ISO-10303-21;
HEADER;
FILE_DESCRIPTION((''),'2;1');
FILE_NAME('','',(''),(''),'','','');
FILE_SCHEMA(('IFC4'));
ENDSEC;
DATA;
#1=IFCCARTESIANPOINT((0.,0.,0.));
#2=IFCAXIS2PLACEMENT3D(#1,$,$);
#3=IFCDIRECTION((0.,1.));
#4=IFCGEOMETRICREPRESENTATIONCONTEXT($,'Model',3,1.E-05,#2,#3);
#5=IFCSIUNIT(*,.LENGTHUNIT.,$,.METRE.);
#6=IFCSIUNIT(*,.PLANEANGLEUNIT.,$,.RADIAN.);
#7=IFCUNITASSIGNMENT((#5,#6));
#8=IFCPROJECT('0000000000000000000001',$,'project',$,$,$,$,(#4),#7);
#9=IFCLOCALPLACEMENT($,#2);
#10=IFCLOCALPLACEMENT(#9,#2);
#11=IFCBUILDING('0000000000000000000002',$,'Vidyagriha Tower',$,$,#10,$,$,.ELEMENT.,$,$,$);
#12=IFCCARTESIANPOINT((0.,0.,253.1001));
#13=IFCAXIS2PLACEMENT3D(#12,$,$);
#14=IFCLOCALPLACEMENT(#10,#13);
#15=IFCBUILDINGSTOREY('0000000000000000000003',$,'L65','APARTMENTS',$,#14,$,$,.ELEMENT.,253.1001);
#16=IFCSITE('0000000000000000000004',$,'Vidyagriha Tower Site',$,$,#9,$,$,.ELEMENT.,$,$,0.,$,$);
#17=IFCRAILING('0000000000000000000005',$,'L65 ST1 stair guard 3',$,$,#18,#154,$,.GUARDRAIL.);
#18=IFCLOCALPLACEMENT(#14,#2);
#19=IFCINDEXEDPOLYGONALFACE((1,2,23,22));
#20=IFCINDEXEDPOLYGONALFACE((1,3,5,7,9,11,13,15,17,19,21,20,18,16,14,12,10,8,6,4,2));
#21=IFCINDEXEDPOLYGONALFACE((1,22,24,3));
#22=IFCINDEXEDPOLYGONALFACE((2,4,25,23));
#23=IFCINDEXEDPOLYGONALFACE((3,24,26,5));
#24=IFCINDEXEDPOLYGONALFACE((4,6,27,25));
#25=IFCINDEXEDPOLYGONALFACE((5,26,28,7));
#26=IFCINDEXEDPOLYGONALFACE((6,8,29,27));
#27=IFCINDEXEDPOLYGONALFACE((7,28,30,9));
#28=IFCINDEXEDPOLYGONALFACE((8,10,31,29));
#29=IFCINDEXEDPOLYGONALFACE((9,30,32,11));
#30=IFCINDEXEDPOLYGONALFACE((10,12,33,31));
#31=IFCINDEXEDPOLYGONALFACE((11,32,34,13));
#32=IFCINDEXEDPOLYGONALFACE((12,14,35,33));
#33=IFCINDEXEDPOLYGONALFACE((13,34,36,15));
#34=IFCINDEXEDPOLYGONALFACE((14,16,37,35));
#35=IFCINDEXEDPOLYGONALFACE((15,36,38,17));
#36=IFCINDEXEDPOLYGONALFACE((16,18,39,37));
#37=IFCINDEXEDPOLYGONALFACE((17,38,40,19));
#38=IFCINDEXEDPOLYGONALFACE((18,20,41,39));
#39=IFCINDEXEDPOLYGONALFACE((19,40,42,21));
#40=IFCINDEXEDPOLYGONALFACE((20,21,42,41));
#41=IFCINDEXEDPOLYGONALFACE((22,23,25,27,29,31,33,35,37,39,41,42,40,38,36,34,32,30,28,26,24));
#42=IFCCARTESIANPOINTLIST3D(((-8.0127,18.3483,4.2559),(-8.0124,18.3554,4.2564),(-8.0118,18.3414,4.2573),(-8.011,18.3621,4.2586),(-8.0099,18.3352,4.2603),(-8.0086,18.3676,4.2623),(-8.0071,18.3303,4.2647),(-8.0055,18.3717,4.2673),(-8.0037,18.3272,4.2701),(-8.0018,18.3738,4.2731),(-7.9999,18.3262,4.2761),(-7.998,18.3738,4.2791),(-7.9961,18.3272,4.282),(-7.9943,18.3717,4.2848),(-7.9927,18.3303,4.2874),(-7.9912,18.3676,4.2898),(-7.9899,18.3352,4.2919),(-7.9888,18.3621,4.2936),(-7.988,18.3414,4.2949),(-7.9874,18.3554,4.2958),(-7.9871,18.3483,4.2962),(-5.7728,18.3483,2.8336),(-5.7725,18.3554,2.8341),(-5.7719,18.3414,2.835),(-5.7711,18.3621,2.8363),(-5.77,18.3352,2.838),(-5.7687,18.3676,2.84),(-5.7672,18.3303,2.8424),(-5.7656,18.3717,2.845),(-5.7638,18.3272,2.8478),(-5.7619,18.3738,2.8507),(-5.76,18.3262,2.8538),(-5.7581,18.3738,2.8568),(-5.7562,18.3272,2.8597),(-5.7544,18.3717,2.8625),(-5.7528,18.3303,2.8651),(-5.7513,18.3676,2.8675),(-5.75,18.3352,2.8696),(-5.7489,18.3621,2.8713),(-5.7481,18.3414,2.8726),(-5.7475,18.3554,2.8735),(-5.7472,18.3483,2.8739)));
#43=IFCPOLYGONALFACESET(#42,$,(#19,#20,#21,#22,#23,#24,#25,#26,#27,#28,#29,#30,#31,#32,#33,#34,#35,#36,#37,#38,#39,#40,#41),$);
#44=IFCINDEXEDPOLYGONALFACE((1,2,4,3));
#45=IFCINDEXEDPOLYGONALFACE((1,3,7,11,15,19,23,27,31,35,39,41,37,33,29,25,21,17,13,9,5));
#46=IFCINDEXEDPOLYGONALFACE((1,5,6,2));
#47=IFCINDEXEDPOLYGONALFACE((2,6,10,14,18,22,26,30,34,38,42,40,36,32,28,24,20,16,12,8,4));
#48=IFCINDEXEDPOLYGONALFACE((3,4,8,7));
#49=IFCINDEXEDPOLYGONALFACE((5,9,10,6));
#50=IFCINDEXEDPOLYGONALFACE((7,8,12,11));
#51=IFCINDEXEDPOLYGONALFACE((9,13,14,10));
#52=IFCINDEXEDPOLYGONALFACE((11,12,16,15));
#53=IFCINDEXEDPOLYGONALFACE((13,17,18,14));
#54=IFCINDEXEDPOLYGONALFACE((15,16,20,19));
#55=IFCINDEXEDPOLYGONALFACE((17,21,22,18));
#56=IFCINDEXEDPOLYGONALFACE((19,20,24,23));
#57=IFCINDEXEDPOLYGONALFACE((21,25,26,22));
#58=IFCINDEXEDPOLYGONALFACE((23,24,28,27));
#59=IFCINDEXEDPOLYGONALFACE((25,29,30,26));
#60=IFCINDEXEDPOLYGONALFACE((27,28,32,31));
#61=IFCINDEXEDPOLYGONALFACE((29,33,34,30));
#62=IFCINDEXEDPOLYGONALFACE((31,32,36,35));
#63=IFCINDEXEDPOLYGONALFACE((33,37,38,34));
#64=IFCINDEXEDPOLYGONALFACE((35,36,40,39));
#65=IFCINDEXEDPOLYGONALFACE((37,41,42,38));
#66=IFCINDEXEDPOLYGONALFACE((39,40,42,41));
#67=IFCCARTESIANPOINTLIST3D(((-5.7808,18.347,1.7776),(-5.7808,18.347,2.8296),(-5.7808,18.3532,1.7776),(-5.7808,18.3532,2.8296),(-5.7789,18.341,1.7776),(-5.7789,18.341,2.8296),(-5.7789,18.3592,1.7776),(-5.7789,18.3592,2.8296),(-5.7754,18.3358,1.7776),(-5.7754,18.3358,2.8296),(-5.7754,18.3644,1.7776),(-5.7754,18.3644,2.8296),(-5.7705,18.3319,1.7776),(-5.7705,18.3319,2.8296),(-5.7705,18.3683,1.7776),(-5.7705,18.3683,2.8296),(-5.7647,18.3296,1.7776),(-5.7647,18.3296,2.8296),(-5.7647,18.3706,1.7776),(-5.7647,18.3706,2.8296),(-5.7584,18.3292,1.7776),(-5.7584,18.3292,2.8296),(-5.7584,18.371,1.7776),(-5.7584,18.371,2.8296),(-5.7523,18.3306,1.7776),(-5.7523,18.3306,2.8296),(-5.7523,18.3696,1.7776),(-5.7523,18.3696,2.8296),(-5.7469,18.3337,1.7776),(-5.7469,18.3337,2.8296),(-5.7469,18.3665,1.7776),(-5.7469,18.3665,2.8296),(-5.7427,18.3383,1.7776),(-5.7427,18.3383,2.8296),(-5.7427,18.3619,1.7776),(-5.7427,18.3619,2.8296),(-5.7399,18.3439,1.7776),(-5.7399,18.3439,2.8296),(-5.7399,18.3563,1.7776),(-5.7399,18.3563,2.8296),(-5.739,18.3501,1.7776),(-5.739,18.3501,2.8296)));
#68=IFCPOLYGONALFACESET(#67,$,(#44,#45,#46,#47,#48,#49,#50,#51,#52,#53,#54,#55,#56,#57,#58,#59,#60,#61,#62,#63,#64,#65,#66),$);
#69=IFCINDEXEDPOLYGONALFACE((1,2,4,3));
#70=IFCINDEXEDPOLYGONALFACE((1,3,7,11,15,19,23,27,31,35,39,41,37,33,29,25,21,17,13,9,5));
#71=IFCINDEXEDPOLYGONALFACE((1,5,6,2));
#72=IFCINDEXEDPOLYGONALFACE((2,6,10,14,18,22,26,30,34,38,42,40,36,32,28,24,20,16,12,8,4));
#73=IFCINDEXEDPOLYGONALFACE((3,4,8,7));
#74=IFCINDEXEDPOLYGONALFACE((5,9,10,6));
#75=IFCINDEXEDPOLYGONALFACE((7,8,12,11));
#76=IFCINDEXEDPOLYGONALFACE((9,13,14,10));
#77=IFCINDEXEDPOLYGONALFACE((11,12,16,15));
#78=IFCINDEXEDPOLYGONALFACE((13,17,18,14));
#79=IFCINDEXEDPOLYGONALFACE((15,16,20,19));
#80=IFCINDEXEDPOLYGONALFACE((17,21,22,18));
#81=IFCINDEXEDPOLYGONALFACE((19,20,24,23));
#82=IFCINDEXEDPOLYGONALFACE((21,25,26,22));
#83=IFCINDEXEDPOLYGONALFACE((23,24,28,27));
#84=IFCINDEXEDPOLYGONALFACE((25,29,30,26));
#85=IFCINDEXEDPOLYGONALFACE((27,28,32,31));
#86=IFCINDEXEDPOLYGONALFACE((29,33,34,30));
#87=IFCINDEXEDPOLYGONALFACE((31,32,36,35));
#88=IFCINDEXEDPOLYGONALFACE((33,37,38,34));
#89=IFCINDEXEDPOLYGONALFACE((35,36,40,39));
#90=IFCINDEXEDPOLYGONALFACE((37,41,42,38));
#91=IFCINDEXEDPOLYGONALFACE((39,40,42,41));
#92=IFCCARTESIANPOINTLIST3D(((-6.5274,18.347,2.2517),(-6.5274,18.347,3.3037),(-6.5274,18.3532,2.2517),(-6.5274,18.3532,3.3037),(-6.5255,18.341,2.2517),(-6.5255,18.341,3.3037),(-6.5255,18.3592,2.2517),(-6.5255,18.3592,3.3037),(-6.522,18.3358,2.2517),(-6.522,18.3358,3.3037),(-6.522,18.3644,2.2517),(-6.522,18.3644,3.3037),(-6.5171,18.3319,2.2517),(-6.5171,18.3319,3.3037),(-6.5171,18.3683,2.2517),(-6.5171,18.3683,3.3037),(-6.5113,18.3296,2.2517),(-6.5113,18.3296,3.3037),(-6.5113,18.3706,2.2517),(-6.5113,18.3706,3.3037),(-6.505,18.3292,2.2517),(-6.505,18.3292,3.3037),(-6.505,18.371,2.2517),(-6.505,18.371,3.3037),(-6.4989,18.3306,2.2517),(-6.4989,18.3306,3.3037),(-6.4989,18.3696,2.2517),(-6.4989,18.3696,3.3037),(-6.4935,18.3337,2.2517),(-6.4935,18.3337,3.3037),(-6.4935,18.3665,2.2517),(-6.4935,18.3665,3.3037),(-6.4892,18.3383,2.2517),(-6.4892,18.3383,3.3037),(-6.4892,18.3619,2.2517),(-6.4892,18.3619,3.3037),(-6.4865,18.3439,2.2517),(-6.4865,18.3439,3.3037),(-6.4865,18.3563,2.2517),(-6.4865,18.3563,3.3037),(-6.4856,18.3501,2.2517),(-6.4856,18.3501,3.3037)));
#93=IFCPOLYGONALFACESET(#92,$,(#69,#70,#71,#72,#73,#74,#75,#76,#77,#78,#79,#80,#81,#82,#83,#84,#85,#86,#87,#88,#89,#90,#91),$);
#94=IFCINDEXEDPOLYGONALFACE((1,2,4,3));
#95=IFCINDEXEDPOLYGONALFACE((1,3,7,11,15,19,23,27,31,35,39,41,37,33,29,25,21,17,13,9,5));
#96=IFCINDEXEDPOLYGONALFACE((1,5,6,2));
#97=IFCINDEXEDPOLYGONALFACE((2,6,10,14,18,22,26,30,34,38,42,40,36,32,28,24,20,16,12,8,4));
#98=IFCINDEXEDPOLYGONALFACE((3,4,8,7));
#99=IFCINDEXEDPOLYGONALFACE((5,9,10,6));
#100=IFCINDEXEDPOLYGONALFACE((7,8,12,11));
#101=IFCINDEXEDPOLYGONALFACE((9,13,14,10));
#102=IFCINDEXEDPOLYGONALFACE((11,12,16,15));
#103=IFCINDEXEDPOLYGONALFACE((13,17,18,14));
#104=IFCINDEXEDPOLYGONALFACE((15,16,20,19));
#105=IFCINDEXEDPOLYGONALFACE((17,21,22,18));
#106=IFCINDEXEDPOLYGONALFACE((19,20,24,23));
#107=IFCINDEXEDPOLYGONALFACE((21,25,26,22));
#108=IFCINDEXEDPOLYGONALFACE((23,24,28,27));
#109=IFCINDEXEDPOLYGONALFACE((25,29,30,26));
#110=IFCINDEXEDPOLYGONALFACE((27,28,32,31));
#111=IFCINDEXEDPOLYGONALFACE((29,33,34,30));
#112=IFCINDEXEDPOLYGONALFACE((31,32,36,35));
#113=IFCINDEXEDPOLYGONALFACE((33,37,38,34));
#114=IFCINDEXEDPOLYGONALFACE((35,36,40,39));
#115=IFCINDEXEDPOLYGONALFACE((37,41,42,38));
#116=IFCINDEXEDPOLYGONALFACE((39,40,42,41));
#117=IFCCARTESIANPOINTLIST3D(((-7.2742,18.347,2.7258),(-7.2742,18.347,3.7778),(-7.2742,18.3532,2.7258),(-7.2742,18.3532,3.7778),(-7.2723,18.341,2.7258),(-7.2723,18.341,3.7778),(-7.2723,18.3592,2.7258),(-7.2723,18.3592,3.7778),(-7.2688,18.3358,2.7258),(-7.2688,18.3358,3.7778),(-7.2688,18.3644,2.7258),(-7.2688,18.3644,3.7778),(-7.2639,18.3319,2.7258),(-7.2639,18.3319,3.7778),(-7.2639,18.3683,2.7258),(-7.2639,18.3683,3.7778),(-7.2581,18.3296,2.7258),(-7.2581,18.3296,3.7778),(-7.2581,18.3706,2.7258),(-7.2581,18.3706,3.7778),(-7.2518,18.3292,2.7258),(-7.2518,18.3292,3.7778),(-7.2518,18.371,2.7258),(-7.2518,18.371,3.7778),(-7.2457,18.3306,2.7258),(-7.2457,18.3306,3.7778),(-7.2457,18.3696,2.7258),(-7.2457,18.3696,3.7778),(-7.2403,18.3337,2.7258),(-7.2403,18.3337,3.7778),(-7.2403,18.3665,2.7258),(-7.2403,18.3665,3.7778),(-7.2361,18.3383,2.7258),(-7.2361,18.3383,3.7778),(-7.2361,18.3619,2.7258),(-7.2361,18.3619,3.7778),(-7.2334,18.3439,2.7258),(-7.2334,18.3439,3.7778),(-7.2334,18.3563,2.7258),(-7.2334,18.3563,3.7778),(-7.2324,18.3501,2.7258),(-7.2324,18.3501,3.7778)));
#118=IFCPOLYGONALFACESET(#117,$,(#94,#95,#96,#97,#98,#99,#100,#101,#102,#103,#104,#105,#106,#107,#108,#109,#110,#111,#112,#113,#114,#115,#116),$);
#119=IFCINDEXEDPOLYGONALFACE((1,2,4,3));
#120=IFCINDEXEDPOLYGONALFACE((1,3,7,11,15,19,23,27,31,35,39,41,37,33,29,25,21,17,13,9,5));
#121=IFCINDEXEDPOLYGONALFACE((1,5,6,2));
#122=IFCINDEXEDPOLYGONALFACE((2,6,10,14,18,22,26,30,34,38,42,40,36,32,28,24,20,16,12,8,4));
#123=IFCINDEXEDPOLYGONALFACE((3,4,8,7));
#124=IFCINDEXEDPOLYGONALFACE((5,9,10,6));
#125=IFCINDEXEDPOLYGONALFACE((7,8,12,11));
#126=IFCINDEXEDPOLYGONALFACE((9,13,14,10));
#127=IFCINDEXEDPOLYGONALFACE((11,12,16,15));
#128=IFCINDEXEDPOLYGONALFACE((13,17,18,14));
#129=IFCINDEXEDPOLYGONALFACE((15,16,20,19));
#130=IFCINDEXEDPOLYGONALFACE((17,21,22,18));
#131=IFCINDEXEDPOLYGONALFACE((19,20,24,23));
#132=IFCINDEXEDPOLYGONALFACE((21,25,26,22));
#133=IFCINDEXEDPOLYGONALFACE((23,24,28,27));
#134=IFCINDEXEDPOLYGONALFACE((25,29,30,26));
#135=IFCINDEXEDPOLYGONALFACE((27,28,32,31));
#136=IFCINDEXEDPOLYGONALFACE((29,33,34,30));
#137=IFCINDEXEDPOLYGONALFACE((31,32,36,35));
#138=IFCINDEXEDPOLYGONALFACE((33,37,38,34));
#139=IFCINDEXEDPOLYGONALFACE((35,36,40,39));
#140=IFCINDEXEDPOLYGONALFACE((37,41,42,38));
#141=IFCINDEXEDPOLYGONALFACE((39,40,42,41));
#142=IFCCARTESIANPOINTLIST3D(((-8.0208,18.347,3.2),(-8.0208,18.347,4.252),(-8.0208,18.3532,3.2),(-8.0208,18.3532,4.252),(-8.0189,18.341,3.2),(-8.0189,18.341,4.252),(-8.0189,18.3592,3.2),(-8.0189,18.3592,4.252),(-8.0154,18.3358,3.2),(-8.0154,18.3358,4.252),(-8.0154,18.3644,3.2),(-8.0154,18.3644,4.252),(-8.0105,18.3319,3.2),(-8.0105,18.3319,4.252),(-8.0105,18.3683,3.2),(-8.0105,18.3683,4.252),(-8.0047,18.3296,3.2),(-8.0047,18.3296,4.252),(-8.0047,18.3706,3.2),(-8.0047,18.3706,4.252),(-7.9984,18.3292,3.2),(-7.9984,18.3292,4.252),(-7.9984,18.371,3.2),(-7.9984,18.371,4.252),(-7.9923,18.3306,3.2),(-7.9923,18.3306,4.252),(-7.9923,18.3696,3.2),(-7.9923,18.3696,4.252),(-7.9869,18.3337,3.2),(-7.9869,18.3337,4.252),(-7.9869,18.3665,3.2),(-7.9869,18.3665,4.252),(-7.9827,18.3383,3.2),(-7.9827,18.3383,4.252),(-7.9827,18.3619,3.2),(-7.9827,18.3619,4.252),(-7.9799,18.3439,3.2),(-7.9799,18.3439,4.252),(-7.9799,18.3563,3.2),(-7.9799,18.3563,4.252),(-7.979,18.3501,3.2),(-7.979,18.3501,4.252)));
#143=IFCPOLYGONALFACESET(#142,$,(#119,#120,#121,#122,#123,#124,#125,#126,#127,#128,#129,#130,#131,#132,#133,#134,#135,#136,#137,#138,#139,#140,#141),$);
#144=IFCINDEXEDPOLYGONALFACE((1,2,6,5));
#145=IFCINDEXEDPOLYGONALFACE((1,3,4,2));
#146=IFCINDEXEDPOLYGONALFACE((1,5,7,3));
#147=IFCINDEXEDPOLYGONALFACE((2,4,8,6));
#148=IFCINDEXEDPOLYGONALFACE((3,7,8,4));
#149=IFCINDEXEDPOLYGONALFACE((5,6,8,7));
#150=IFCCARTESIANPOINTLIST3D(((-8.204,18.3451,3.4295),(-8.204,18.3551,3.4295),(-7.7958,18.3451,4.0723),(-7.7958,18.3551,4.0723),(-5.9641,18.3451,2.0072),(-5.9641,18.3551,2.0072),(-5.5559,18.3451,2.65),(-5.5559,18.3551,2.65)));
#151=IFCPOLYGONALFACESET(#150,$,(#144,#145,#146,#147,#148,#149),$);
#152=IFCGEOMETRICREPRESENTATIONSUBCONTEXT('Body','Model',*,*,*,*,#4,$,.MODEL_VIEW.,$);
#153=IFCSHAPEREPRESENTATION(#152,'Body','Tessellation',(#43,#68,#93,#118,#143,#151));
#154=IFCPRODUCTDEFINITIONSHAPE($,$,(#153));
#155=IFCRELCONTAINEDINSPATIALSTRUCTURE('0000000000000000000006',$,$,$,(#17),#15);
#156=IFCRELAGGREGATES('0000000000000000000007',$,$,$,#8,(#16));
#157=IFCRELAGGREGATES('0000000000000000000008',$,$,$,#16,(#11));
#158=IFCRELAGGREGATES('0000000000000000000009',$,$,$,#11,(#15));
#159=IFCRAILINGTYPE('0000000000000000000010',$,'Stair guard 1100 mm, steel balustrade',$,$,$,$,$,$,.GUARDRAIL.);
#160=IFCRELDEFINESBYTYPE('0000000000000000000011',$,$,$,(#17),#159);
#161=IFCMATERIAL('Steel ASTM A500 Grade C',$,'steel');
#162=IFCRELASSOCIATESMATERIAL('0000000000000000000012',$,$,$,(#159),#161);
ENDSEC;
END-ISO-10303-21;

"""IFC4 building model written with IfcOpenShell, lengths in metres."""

from ifc_helpers import new_model, si_unit, direction, frame, origin, origin_2d, place, context, subcontext, project, spatial, rectangle, circle, extrude, material, type_object, element, save


model = new_model("IFC4")

# Units and contexts
model_context = context("Model", 3, precision=1e-05, world=origin(), true_north=direction((0.0, 1.0)))
body_context = subcontext(model_context, "Body", "Model", "MODEL_VIEW")
ifc_project = project(units=[si_unit("LENGTHUNIT", "METRE"), si_unit("PLANEANGLEUNIT", "RADIAN")], contexts=[model_context])

# Site, building, storey
site_placement = place(None, origin())
site = spatial("IfcSite", under=ifc_project, at=site_placement, Name="Vidyagriha Tower Site", CompositionType="ELEMENT", RefElevation=0.0)
building_placement = place(site_placement, origin())
building = spatial("IfcBuilding", under=site, at=building_placement, Name="Vidyagriha Tower", CompositionType="ELEMENT")
storey_placement = place(building_placement, frame((0.0, 0.0, 253.1001)))
storey = spatial("IfcBuildingStorey", under=building, at=storey_placement, Name="L65", Description="APARTMENTS", CompositionType="ELEMENT", Elevation=253.1001)

# Railing
ifc_material_1 = material(Name="Steel ASTM A500 Grade C", Category="steel")
railing_type_1 = type_object("IfcRailingType", Name="Stair guard 1100 mm, steel balustrade", PredefinedType="GUARDRAIL", material=ifc_material_1)
railing_1_placement = place(storey_placement, frame((-5.76, 18.3501, 1.7776)))
element("IfcRailing", 1, at=railing_1_placement, inside=storey, type_object=railing_type_1, Name="L65 ST1 stair guard 3", PredefinedType="GUARDRAIL", context=body_context, shape_type="SweptSolid", body=[
    extrude(circle(Radius=0.0239, at=origin_2d()), frame((0.0, 0.0, 1.0762), z_axis=(-0.844188, 0.0, 0.536048), x_axis=(0.0, -1.0, 0.0)), (0.0, 0.0, 1.0), 2.6533),
    extrude(circle(Radius=0.021, at=origin_2d()), origin(), (0.0, 0.0, 1.0), 1.052),
    extrude(circle(Radius=0.021, at=origin_2d()), frame((-0.7466, 0.0, 0.4741)), (0.0, 0.0, 1.0), 1.052),
    extrude(circle(Radius=0.021, at=origin_2d()), frame((-1.4934, 0.0, 0.9482)), (0.0, 0.0, 1.0), 1.052),
    extrude(circle(Radius=0.021, at=origin_2d()), frame((-2.24, 0.0, 1.4224)), (0.0, 0.0, 1.0), 1.052),
    extrude(rectangle(XDim=0.01, YDim=0.7615, at=origin_2d()), frame((0.0, 0.0, 0.551), z_axis=(-0.844188, 0.0, 0.536048), x_axis=(0.0, -1.0, 0.0)), (0.0, 0.0, 1.0), 2.6533),
])

save(model, "model.ifc")
